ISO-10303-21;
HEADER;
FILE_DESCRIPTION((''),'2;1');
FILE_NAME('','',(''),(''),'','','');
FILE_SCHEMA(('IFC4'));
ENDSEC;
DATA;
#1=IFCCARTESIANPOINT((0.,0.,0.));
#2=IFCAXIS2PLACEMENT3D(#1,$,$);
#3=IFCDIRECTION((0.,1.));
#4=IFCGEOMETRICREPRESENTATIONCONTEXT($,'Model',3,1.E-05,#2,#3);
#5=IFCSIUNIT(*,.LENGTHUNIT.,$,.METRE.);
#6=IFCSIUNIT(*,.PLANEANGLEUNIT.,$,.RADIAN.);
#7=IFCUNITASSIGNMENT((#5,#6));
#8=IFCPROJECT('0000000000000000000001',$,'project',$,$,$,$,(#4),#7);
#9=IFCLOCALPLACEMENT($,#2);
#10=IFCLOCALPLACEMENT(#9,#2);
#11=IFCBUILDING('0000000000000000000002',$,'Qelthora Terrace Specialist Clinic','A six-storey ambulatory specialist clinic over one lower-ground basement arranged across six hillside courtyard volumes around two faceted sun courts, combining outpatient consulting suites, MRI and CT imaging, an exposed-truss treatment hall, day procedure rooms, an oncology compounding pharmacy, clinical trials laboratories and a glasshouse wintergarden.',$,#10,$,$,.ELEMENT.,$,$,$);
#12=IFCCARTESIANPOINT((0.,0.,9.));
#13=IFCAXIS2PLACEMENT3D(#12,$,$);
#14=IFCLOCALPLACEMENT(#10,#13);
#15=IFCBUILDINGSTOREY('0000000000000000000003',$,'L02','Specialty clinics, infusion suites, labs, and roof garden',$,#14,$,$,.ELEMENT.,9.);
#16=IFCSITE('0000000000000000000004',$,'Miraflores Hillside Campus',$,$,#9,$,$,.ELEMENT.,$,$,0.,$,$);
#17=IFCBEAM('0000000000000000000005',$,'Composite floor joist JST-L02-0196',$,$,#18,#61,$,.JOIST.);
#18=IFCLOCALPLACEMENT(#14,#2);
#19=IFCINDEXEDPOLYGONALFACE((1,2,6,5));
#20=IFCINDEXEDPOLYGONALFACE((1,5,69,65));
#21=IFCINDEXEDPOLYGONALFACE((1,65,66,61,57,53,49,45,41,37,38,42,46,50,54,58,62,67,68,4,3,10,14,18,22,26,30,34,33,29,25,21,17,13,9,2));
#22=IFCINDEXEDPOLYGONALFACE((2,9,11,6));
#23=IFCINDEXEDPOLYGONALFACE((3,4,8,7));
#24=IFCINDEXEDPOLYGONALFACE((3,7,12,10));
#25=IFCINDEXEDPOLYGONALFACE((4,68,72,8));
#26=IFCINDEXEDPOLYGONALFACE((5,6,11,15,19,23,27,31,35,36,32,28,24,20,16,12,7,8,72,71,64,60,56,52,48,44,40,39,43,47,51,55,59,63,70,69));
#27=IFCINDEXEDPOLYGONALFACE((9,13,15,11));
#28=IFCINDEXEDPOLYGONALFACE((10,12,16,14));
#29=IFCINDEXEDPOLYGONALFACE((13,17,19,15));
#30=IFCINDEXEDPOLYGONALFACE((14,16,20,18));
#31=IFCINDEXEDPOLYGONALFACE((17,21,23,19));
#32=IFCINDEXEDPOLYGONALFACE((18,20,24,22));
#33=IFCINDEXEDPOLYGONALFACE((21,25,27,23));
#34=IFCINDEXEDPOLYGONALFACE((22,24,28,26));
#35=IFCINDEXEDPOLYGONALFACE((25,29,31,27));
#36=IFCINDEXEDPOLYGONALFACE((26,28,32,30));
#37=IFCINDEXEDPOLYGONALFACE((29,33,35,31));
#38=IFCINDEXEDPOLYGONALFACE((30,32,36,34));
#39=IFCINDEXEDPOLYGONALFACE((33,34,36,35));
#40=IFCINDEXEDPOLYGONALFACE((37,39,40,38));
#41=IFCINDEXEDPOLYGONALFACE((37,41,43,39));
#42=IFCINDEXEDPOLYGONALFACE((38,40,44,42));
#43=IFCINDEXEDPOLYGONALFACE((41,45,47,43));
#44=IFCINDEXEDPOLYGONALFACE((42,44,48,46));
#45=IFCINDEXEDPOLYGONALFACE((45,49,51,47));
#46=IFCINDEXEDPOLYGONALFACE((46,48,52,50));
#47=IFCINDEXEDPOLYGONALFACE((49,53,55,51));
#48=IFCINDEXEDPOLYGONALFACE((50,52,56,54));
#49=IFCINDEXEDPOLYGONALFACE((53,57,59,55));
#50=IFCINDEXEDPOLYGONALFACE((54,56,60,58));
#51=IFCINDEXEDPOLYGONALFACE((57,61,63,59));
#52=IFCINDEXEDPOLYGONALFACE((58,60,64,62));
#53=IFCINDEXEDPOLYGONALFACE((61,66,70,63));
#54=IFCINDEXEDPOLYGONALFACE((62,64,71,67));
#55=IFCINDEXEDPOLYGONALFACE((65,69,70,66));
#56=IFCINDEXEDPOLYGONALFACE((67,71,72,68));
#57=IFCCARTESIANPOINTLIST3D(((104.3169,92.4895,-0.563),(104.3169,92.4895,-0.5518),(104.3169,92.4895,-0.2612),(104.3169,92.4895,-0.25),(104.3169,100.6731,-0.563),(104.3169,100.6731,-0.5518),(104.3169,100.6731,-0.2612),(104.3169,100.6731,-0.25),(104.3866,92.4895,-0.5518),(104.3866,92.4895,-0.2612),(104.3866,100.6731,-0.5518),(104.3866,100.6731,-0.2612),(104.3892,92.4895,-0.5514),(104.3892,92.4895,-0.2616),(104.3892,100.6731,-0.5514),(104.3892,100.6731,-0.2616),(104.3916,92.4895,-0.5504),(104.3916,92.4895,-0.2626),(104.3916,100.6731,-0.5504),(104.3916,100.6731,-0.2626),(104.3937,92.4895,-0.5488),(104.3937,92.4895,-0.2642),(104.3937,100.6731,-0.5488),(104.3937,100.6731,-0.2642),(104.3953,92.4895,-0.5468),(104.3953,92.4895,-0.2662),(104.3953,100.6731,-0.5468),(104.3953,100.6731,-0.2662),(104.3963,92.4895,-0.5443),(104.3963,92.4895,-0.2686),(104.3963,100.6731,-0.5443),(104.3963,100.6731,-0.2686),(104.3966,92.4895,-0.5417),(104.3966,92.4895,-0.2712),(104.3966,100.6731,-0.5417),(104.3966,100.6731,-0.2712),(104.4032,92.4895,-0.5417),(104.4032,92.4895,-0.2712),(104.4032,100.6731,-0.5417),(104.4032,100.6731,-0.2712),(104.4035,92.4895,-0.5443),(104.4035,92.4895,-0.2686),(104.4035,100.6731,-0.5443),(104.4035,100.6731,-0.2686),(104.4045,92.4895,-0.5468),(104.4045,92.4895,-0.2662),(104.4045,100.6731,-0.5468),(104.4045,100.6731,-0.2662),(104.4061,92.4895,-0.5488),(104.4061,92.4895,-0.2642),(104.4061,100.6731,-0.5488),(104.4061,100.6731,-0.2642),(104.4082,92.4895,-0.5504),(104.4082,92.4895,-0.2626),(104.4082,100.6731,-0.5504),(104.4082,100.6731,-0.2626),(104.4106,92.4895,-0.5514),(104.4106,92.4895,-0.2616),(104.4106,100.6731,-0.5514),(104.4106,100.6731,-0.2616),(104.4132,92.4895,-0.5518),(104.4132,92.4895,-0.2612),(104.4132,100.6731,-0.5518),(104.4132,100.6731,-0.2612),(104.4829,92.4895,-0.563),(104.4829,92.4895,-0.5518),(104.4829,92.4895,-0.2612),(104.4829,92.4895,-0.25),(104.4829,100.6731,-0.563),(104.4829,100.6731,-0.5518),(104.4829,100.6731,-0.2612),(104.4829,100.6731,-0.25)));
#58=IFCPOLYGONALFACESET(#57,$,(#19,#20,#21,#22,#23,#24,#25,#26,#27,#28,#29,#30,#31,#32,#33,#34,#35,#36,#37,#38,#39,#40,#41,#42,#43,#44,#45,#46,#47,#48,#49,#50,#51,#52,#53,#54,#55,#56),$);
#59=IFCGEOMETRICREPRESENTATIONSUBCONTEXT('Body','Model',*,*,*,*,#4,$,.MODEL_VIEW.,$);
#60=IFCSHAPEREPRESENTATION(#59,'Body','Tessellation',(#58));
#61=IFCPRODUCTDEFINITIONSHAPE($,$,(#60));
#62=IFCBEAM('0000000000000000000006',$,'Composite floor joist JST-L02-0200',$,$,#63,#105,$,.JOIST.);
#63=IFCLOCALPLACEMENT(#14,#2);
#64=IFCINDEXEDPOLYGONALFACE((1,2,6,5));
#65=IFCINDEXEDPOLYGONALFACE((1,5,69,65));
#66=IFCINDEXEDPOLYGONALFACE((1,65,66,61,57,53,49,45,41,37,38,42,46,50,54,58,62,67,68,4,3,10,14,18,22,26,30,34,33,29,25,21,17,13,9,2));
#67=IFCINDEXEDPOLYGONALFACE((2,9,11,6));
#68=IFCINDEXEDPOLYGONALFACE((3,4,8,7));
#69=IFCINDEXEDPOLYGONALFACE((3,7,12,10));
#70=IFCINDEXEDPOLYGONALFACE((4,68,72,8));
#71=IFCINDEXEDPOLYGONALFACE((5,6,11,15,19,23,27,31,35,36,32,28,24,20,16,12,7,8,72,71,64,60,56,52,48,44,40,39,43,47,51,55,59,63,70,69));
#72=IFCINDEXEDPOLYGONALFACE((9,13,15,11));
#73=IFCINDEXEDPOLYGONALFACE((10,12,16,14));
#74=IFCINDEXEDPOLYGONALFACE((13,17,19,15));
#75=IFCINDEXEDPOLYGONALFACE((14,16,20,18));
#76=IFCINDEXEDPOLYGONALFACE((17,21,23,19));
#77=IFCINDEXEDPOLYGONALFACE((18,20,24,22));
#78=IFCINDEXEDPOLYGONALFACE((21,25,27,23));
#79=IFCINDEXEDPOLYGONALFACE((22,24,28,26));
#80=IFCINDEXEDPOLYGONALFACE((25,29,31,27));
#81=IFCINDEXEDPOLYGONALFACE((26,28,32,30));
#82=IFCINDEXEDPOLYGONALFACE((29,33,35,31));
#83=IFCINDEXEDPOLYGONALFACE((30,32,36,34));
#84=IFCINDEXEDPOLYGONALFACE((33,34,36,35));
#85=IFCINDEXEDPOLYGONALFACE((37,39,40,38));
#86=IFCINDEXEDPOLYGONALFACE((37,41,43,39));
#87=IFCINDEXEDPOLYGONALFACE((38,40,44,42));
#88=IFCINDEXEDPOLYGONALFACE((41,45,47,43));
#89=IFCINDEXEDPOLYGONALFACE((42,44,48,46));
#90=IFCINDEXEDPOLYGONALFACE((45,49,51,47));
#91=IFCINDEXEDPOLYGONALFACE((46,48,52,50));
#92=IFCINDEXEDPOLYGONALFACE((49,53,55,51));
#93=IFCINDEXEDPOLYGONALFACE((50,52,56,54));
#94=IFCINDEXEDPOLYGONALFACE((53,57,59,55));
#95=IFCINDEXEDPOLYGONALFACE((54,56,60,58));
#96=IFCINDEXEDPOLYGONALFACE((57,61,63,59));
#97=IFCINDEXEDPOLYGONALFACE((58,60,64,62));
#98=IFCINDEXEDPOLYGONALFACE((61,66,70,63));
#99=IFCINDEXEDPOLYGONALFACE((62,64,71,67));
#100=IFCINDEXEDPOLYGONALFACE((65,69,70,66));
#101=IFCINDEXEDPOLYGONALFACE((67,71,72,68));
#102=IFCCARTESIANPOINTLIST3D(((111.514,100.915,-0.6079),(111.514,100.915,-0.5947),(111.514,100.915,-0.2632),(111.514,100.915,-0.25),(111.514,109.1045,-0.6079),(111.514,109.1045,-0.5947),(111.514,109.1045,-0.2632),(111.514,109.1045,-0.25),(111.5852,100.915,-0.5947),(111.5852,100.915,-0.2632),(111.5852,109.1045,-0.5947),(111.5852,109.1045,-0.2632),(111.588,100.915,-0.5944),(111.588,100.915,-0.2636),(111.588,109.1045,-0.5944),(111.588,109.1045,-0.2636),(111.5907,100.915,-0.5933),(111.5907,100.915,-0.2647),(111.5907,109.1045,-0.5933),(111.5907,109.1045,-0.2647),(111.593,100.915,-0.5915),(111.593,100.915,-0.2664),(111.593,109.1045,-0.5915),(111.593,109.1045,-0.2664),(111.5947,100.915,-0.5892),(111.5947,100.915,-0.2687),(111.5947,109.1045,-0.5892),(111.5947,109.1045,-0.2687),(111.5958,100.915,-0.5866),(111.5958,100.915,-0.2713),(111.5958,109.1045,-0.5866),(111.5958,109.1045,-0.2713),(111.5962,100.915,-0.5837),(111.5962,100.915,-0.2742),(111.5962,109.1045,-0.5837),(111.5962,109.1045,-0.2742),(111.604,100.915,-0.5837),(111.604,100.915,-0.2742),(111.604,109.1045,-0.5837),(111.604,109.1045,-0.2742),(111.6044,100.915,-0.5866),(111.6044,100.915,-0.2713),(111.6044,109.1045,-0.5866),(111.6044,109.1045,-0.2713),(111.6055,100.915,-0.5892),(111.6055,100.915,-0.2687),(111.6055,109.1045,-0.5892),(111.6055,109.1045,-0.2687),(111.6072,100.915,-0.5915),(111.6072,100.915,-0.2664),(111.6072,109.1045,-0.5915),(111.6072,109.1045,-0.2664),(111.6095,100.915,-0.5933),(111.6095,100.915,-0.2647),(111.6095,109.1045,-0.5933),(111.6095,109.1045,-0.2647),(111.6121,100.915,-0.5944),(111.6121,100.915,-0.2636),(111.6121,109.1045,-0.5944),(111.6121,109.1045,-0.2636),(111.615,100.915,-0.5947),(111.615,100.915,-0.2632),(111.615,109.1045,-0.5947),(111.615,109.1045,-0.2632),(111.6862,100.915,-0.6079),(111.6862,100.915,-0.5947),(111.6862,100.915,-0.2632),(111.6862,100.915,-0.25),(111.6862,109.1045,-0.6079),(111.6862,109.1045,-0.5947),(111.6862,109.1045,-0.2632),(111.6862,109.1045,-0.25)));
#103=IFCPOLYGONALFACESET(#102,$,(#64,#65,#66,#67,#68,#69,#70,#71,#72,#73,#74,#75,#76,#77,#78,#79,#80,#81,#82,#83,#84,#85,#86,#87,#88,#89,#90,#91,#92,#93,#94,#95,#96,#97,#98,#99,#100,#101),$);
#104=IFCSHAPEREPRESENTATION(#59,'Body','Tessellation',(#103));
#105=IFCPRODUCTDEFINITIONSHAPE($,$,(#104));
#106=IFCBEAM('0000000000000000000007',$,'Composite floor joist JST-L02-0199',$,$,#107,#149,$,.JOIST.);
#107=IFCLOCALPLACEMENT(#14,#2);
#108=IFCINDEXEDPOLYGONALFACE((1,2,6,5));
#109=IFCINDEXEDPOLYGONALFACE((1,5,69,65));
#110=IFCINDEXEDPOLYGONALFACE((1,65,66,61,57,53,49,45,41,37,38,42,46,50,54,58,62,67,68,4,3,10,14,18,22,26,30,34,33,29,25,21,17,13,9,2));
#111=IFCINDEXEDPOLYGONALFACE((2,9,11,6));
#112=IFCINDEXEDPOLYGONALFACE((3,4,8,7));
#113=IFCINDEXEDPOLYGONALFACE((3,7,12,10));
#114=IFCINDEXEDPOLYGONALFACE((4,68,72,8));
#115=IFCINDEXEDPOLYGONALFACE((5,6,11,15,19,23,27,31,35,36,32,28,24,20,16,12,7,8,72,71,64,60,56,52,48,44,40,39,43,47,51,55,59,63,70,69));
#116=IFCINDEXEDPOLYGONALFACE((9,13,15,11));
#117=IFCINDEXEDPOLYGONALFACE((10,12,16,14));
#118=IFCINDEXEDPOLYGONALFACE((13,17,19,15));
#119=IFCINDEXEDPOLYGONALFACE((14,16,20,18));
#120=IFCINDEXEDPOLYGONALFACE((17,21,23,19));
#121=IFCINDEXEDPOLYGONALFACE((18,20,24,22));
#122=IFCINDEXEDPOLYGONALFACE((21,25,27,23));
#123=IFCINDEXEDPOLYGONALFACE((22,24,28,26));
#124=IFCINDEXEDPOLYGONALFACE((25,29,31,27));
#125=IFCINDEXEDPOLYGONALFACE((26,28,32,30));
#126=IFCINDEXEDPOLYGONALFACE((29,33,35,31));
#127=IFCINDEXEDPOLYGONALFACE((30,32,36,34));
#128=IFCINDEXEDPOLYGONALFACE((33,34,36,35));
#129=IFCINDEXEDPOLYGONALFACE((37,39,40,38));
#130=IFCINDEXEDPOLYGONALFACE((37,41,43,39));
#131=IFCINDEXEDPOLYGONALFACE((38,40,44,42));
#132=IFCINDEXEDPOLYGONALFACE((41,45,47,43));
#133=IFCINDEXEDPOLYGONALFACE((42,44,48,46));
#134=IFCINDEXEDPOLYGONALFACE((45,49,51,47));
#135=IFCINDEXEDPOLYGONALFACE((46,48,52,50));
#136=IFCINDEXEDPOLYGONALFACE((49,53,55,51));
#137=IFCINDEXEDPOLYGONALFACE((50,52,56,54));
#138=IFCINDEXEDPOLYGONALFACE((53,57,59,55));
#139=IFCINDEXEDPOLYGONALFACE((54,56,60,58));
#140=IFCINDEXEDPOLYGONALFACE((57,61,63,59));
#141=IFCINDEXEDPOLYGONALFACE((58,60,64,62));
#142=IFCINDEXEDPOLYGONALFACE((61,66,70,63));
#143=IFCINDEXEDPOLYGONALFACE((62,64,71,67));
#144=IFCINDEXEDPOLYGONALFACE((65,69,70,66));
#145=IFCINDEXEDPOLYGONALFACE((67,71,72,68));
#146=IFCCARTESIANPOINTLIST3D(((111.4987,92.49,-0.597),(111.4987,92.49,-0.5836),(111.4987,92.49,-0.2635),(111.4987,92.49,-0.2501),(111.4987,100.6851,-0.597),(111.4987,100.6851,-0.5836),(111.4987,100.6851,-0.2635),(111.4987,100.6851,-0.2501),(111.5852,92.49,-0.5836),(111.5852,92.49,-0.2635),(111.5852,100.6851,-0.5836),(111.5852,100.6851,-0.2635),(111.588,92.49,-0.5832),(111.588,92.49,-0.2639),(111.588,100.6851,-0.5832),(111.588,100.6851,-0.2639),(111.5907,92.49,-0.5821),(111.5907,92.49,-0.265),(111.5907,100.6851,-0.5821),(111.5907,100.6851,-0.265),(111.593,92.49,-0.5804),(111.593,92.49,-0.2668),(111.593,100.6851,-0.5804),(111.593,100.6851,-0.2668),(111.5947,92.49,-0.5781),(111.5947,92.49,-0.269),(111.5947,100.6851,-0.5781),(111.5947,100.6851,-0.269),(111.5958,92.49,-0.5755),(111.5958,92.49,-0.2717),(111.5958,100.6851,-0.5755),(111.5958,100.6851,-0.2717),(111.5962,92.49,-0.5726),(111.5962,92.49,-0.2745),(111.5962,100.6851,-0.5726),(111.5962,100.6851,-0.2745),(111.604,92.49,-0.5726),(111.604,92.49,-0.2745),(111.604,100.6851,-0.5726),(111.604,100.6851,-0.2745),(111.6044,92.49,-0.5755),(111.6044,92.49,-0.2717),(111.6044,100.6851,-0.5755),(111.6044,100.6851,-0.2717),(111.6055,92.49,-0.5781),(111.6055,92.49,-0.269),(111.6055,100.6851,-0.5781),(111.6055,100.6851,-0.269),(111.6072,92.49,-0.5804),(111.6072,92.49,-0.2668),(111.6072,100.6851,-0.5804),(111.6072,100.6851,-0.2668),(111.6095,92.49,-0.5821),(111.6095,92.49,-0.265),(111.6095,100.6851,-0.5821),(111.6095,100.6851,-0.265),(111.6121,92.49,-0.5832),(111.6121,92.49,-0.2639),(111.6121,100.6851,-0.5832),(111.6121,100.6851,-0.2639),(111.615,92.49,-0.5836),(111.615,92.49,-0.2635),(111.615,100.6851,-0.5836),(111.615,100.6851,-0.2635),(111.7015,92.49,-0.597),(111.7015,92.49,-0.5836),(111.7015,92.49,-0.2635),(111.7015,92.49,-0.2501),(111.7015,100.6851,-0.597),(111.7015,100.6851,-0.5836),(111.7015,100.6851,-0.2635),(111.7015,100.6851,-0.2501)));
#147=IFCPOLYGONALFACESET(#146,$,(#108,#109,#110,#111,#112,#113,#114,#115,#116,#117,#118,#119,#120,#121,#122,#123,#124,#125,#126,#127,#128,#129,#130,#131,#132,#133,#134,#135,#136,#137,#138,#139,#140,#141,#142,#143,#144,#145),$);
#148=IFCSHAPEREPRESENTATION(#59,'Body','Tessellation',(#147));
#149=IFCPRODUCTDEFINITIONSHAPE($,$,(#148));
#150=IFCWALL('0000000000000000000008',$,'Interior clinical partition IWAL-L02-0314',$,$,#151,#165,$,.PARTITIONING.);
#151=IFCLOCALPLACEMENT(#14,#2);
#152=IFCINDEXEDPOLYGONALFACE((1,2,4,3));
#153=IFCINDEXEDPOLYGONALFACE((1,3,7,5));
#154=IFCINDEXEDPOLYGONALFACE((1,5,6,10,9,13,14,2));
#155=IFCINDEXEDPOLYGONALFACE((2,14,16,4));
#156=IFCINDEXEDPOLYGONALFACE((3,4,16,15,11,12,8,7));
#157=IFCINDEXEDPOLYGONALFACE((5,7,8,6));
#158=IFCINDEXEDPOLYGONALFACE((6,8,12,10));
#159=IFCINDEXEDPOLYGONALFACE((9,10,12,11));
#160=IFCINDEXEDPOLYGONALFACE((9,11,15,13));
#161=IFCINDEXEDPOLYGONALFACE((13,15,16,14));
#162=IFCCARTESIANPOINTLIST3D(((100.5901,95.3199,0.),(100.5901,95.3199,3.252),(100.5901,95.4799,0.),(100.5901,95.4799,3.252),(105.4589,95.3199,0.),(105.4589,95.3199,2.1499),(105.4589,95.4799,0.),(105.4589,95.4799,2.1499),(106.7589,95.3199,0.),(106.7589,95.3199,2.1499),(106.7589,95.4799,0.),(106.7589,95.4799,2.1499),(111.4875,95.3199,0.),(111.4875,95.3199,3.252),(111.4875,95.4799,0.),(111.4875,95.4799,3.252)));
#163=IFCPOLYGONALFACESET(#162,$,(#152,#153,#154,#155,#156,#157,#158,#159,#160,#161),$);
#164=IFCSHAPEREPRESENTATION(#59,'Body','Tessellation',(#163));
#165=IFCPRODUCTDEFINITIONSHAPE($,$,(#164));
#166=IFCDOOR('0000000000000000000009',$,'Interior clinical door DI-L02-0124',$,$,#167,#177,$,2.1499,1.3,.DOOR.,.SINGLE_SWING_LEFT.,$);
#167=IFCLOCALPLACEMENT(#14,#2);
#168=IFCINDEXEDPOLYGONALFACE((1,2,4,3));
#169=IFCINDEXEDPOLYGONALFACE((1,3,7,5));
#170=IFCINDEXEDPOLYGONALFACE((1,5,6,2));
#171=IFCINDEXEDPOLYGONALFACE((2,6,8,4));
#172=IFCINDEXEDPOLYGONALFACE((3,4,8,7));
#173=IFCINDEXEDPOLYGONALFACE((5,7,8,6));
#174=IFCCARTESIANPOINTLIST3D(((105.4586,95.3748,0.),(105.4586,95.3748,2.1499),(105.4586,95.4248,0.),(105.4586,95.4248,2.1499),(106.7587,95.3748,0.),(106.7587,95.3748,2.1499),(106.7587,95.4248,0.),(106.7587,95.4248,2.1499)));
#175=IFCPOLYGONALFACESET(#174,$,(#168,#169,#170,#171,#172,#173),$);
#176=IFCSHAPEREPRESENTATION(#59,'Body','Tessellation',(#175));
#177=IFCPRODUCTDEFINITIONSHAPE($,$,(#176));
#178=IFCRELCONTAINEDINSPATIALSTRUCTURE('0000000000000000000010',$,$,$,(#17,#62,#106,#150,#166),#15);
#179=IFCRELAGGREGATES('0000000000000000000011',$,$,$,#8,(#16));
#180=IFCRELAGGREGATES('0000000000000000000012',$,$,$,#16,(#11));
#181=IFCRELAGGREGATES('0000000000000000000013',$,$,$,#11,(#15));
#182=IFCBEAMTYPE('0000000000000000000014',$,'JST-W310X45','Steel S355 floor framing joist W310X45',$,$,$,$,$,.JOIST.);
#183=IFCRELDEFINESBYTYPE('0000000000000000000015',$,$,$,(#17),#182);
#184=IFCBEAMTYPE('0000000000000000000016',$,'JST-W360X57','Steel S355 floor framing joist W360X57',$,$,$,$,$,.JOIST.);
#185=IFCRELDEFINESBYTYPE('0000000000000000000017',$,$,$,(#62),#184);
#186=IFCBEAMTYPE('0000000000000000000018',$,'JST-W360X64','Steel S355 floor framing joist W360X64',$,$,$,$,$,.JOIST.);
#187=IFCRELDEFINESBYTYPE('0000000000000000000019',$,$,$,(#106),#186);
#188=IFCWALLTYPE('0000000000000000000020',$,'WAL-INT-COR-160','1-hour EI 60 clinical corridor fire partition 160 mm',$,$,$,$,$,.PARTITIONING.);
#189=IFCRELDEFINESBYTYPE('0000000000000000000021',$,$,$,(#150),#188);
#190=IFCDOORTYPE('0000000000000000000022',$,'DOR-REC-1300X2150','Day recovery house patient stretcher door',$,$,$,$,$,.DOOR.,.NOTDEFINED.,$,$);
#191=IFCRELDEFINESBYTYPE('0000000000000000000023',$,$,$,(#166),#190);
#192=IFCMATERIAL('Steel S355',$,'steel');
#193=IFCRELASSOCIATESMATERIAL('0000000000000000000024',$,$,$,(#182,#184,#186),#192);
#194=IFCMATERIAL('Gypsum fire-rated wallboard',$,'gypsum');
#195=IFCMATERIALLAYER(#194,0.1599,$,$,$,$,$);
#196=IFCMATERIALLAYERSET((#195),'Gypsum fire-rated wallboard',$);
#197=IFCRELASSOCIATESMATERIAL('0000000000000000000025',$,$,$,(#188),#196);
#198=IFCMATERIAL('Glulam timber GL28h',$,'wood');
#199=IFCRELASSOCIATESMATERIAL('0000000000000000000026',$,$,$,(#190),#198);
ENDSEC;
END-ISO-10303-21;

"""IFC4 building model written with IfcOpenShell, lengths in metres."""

from ifc_helpers import new_model, si_unit, direction, frame, frame_2d, origin, origin_2d, place, context, subcontext, project, spatial, rectangle, i_section, extrude, material, layer, layer_set, material_profile, profile_set, type_object, element, fill, save


model = new_model("IFC4")

# Units and contexts
model_context = context("Model", 3, precision=1e-05, world=origin(), true_north=direction((0.0, 1.0)))
body_context = subcontext(model_context, "Body", "Model", "MODEL_VIEW")
ifc_project = project(units=[si_unit("LENGTHUNIT", "METRE"), si_unit("PLANEANGLEUNIT", "RADIAN")], contexts=[model_context])

# Site, building, storey
site_placement = place(None, origin())
site = spatial("IfcSite", under=ifc_project, at=site_placement, Name="Miraflores Hillside Campus", CompositionType="ELEMENT", RefElevation=0.0)
building_placement = place(site_placement, origin())
building = spatial("IfcBuilding", under=site, at=building_placement, Name="Qelthora Terrace Specialist Clinic", Description="A six-storey ambulatory specialist clinic over one lower-ground basement arranged across six hillside courtyard volumes around two faceted sun courts, combining outpatient consulting suites, MRI and CT imaging, an exposed-truss treatment hall, day procedure rooms, an oncology compounding pharmacy, clinical trials laboratories and a glasshouse wintergarden.", CompositionType="ELEMENT")
storey_placement = place(building_placement, frame((0.0, 0.0, 9.0)))
storey = spatial("IfcBuildingStorey", under=building, at=storey_placement, Name="L02", Description="Specialty clinics, infusion suites, labs, and roof garden", CompositionType="ELEMENT", Elevation=9.0)

# Shared definitions
ifc_material_1 = material(Name="Steel S355", Category="steel")

# Beams
ifc_material_profile_1 = material_profile(ifc_material_1, i_section(OverallWidth=0.166, OverallDepth=0.313, WebThickness=0.0066, FlangeThickness=0.0112, FilletRadius=0.01, at=origin_2d()), Name="W310X45")
ifc_profile_set_1 = profile_set([ifc_material_profile_1], Name="Steel S355")
beam_type_1 = type_object("IfcBeamType", Name="JST-W310X45", Description="Steel S355 floor framing joist W310X45", PredefinedType="JOIST", material=ifc_profile_set_1)
beam_1_placement = place(storey_placement, frame((104.3999, 92.4895, -0.4065), z_axis=(0.0, 1.0, 0.0), x_axis=(-1.0, 0.0, 0.0)))
element("IfcBeam", 1, at=beam_1_placement, inside=storey, type_object=beam_type_1, Name="Composite floor joist JST-L02-0196", PredefinedType="JOIST", context=body_context, shape_type="SweptSolid", body=[
    extrude(i_section(OverallWidth=0.166, OverallDepth=0.313, WebThickness=0.0066, FlangeThickness=0.0112, FilletRadius=0.01, at=origin_2d()), origin(), (0.0, 0.0, 1.0), 8.1836),
])
ifc_material_profile_2 = material_profile(ifc_material_1, i_section(OverallWidth=0.1721, OverallDepth=0.3579, WebThickness=0.0078, FlangeThickness=0.0132, FilletRadius=0.011, at=origin_2d()), Name="W360X57")
ifc_profile_set_2 = profile_set([ifc_material_profile_2], Name="Steel S355")
beam_type_2 = type_object("IfcBeamType", Name="JST-W360X57", Description="Steel S355 floor framing joist W360X57", PredefinedType="JOIST", material=ifc_profile_set_2)
beam_2_placement = place(storey_placement, frame((111.6001, 100.915, -0.429), z_axis=(0.0, 1.0, 0.0), x_axis=(-1.0, 0.0, 0.0)))
element("IfcBeam", 2, at=beam_2_placement, inside=storey, type_object=beam_type_2, Name="Composite floor joist JST-L02-0200", PredefinedType="JOIST", context=body_context, shape_type="SweptSolid", body=[
    extrude(i_section(OverallWidth=0.1721, OverallDepth=0.3579, WebThickness=0.0078, FlangeThickness=0.0132, FilletRadius=0.011, at=origin_2d()), origin(), (0.0, 0.0, 1.0), 8.1895),
])
ifc_material_profile_3 = material_profile(ifc_material_1, i_section(OverallWidth=0.2029, OverallDepth=0.3469, WebThickness=0.0078, FlangeThickness=0.0134, FilletRadius=0.011, at=origin_2d()), Name="W360X64")
ifc_profile_set_3 = profile_set([ifc_material_profile_3], Name="Steel S355")
beam_type_3 = type_object("IfcBeamType", Name="JST-W360X64", Description="Steel S355 floor framing joist W360X64", PredefinedType="JOIST", material=ifc_profile_set_3)
beam_3_placement = place(storey_placement, frame((111.6001, 92.49, -0.4236), z_axis=(0.0, 1.0, 0.0), x_axis=(-1.0, 0.0, 0.0)))
element("IfcBeam", 3, at=beam_3_placement, inside=storey, type_object=beam_type_3, Name="Composite floor joist JST-L02-0199", PredefinedType="JOIST", context=body_context, shape_type="SweptSolid", body=[
    extrude(i_section(OverallWidth=0.2029, OverallDepth=0.3469, WebThickness=0.0078, FlangeThickness=0.0134, FilletRadius=0.011, at=origin_2d()), origin(), (0.0, 0.0, 1.0), 8.1951),
])

# Wall, opening, door
ifc_material_2 = material(Name="Gypsum fire-rated wallboard", Category="gypsum")
ifc_layer = layer(ifc_material_2, 0.1599)
ifc_layer_set = layer_set([ifc_layer], Name="Gypsum fire-rated wallboard")
wall_type = type_object("IfcWallType", Name="WAL-INT-COR-160", Description="1-hour EI 60 clinical corridor fire partition 160 mm", PredefinedType="PARTITIONING", material=ifc_layer_set)
wall_placement = place(storey_placement, frame((111.4875, 95.3999, 0.0), z_axis=(0.0, 0.0, 1.0), x_axis=(-1.0, 0.0, 0.0)))
wall = element("IfcWall", 4, at=wall_placement, inside=storey, type_object=wall_type, Name="Interior clinical partition IWAL-L02-0314", PredefinedType="PARTITIONING", context=body_context, shape_type="SweptSolid", body=[
    extrude(rectangle(XDim=10.8975, YDim=0.1599, at=frame_2d((5.4487, 0.0))), origin(), (0.0, 0.0, 1.0), 3.252),
])
opening_placement = place(wall_placement, frame((4.7288, 0.0, 0.0)))
opening = element("IfcOpeningElement", 5, at=opening_placement, cuts=wall, PredefinedType="OPENING", context=body_context, shape_type="SweptSolid", body=[
    extrude(rectangle(XDim=1.3, YDim=2.1499, at=frame_2d((0.6499, 1.075))), frame((0.0, 0.0898, 0.0), z_axis=(0.0, -1.0, 0.0), x_axis=(1.0, 0.0, 0.0)), (0.0, 0.0, 1.0), 0.1799),
])
ifc_material_3 = material(Name="Glulam timber GL28h", Category="wood")
door_type = type_object("IfcDoorType", Name="DOR-REC-1300X2150", Description="Day recovery house patient stretcher door", OperationType="NOTDEFINED", PredefinedType="DOOR", material=ifc_material_3)
door_placement = place(opening_placement, frame((1.3, 0.0, 0.0), z_axis=(0.0, 0.0, 1.0), x_axis=(-1.0, 0.0, 0.0)))
door = element("IfcDoor", 6, at=door_placement, inside=storey, type_object=door_type, Name="Interior clinical door DI-L02-0124", OperationType="SINGLE_SWING_LEFT", OverallHeight=2.1499, OverallWidth=1.3, PredefinedType="DOOR", context=body_context, shape_type="SweptSolid", body=[
    extrude(rectangle(XDim=1.3, YDim=2.1499, at=frame_2d((0.6499, 1.075))), frame((0.0, 0.0249, 0.0), z_axis=(0.0, -1.0, 0.0), x_axis=(1.0, 0.0, 0.0)), (0.0, 0.0, 1.0), 0.05),
])
fill(opening, door)

save(model, "model.ifc")
